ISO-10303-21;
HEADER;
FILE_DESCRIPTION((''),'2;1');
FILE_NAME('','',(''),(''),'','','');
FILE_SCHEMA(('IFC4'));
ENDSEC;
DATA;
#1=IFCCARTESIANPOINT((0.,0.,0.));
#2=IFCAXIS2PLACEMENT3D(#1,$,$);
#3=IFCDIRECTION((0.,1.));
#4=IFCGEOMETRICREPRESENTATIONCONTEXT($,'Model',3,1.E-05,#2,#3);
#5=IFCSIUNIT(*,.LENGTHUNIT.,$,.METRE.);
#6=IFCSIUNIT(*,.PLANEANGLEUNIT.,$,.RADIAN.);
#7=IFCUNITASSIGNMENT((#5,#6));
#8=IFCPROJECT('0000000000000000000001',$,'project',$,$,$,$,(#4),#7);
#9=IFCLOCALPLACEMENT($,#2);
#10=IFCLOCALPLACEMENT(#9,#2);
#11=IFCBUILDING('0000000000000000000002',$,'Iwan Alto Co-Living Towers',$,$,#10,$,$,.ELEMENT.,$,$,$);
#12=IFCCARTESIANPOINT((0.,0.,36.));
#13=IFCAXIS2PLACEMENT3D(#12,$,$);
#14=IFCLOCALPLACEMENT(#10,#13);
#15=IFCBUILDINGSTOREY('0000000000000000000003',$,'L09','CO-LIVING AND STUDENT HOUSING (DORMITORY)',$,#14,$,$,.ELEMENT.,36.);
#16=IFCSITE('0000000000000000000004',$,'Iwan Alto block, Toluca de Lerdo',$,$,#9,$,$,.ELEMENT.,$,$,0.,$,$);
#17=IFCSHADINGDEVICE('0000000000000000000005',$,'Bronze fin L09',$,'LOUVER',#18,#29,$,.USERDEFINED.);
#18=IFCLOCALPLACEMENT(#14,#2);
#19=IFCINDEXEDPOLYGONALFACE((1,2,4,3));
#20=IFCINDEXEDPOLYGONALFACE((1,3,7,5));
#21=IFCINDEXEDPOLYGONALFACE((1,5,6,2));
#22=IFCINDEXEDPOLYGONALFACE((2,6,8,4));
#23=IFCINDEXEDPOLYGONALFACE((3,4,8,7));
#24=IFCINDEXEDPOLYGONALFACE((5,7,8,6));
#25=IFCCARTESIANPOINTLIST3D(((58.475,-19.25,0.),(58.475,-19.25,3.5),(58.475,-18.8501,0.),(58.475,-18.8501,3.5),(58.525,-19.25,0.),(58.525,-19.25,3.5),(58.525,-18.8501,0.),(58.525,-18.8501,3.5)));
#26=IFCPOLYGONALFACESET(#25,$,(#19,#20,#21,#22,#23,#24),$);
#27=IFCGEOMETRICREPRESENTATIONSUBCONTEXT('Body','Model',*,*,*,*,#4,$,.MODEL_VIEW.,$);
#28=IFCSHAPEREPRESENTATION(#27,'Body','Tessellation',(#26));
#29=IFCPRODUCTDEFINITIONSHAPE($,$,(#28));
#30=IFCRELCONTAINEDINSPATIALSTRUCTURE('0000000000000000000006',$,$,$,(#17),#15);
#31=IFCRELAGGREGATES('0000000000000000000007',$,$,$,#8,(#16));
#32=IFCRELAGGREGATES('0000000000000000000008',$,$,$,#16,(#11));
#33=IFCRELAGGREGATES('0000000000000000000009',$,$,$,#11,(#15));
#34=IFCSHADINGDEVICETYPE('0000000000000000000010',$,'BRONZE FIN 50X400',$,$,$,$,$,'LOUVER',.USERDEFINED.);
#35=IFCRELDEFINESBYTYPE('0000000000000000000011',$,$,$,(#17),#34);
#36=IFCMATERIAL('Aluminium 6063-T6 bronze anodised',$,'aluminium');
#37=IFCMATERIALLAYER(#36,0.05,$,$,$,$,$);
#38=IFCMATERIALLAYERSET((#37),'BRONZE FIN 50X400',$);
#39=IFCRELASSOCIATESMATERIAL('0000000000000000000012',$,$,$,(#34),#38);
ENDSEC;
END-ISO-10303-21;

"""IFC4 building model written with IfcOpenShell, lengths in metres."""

from ifc_helpers import new_model, si_unit, direction, frame, origin, origin_2d, place, context, subcontext, project, spatial, rectangle, extrude, material, layer, layer_set, type_object, element, save


model = new_model("IFC4")

# Units and contexts
model_context = context("Model", 3, precision=1e-05, world=origin(), true_north=direction((0.0, 1.0)))
body_context = subcontext(model_context, "Body", "Model", "MODEL_VIEW")
ifc_project = project(units=[si_unit("LENGTHUNIT", "METRE"), si_unit("PLANEANGLEUNIT", "RADIAN")], contexts=[model_context])

# Site, building, storey
site_placement = place(None, origin())
site = spatial("IfcSite", under=ifc_project, at=site_placement, Name="Iwan Alto block, Toluca de Lerdo", CompositionType="ELEMENT", RefElevation=0.0)
building_placement = place(site_placement, origin())
building = spatial("IfcBuilding", under=site, at=building_placement, Name="Iwan Alto Co-Living Towers", CompositionType="ELEMENT")
storey_placement = place(building_placement, frame((0.0, 0.0, 36.0)))
storey = spatial("IfcBuildingStorey", under=building, at=storey_placement, Name="L09", Description="CO-LIVING AND STUDENT HOUSING (DORMITORY)", CompositionType="ELEMENT", Elevation=36.0)

# Shading device
ifc_material_1 = material(Name="Aluminium 6063-T6 bronze anodised", Category="aluminium")
ifc_layer_1 = layer(ifc_material_1, 0.05)
ifc_layer_set_1 = layer_set([ifc_layer_1], Name="BRONZE FIN 50X400")
shading_device_type = type_object("IfcShadingDeviceType", Name="BRONZE FIN 50X400", ElementType="LOUVER", PredefinedType="USERDEFINED", material=ifc_layer_set_1)
shading_device_placement = place(storey_placement, frame((58.5, -19.05, 0.0), z_axis=(0.0, 0.0, 1.0), x_axis=(1.0, 0.0, 0.0)))
element("IfcShadingDevice", 1, at=shading_device_placement, inside=storey, type_object=shading_device_type, Name="Bronze fin L09", ObjectType="LOUVER", PredefinedType="USERDEFINED", context=body_context, shape_type="SweptSolid", body=[
    extrude(rectangle(XDim=0.05, YDim=0.3999, at=origin_2d()), origin(), (0.0, 0.0, 1.0), 3.5),
])

save(model, "model.ifc")
